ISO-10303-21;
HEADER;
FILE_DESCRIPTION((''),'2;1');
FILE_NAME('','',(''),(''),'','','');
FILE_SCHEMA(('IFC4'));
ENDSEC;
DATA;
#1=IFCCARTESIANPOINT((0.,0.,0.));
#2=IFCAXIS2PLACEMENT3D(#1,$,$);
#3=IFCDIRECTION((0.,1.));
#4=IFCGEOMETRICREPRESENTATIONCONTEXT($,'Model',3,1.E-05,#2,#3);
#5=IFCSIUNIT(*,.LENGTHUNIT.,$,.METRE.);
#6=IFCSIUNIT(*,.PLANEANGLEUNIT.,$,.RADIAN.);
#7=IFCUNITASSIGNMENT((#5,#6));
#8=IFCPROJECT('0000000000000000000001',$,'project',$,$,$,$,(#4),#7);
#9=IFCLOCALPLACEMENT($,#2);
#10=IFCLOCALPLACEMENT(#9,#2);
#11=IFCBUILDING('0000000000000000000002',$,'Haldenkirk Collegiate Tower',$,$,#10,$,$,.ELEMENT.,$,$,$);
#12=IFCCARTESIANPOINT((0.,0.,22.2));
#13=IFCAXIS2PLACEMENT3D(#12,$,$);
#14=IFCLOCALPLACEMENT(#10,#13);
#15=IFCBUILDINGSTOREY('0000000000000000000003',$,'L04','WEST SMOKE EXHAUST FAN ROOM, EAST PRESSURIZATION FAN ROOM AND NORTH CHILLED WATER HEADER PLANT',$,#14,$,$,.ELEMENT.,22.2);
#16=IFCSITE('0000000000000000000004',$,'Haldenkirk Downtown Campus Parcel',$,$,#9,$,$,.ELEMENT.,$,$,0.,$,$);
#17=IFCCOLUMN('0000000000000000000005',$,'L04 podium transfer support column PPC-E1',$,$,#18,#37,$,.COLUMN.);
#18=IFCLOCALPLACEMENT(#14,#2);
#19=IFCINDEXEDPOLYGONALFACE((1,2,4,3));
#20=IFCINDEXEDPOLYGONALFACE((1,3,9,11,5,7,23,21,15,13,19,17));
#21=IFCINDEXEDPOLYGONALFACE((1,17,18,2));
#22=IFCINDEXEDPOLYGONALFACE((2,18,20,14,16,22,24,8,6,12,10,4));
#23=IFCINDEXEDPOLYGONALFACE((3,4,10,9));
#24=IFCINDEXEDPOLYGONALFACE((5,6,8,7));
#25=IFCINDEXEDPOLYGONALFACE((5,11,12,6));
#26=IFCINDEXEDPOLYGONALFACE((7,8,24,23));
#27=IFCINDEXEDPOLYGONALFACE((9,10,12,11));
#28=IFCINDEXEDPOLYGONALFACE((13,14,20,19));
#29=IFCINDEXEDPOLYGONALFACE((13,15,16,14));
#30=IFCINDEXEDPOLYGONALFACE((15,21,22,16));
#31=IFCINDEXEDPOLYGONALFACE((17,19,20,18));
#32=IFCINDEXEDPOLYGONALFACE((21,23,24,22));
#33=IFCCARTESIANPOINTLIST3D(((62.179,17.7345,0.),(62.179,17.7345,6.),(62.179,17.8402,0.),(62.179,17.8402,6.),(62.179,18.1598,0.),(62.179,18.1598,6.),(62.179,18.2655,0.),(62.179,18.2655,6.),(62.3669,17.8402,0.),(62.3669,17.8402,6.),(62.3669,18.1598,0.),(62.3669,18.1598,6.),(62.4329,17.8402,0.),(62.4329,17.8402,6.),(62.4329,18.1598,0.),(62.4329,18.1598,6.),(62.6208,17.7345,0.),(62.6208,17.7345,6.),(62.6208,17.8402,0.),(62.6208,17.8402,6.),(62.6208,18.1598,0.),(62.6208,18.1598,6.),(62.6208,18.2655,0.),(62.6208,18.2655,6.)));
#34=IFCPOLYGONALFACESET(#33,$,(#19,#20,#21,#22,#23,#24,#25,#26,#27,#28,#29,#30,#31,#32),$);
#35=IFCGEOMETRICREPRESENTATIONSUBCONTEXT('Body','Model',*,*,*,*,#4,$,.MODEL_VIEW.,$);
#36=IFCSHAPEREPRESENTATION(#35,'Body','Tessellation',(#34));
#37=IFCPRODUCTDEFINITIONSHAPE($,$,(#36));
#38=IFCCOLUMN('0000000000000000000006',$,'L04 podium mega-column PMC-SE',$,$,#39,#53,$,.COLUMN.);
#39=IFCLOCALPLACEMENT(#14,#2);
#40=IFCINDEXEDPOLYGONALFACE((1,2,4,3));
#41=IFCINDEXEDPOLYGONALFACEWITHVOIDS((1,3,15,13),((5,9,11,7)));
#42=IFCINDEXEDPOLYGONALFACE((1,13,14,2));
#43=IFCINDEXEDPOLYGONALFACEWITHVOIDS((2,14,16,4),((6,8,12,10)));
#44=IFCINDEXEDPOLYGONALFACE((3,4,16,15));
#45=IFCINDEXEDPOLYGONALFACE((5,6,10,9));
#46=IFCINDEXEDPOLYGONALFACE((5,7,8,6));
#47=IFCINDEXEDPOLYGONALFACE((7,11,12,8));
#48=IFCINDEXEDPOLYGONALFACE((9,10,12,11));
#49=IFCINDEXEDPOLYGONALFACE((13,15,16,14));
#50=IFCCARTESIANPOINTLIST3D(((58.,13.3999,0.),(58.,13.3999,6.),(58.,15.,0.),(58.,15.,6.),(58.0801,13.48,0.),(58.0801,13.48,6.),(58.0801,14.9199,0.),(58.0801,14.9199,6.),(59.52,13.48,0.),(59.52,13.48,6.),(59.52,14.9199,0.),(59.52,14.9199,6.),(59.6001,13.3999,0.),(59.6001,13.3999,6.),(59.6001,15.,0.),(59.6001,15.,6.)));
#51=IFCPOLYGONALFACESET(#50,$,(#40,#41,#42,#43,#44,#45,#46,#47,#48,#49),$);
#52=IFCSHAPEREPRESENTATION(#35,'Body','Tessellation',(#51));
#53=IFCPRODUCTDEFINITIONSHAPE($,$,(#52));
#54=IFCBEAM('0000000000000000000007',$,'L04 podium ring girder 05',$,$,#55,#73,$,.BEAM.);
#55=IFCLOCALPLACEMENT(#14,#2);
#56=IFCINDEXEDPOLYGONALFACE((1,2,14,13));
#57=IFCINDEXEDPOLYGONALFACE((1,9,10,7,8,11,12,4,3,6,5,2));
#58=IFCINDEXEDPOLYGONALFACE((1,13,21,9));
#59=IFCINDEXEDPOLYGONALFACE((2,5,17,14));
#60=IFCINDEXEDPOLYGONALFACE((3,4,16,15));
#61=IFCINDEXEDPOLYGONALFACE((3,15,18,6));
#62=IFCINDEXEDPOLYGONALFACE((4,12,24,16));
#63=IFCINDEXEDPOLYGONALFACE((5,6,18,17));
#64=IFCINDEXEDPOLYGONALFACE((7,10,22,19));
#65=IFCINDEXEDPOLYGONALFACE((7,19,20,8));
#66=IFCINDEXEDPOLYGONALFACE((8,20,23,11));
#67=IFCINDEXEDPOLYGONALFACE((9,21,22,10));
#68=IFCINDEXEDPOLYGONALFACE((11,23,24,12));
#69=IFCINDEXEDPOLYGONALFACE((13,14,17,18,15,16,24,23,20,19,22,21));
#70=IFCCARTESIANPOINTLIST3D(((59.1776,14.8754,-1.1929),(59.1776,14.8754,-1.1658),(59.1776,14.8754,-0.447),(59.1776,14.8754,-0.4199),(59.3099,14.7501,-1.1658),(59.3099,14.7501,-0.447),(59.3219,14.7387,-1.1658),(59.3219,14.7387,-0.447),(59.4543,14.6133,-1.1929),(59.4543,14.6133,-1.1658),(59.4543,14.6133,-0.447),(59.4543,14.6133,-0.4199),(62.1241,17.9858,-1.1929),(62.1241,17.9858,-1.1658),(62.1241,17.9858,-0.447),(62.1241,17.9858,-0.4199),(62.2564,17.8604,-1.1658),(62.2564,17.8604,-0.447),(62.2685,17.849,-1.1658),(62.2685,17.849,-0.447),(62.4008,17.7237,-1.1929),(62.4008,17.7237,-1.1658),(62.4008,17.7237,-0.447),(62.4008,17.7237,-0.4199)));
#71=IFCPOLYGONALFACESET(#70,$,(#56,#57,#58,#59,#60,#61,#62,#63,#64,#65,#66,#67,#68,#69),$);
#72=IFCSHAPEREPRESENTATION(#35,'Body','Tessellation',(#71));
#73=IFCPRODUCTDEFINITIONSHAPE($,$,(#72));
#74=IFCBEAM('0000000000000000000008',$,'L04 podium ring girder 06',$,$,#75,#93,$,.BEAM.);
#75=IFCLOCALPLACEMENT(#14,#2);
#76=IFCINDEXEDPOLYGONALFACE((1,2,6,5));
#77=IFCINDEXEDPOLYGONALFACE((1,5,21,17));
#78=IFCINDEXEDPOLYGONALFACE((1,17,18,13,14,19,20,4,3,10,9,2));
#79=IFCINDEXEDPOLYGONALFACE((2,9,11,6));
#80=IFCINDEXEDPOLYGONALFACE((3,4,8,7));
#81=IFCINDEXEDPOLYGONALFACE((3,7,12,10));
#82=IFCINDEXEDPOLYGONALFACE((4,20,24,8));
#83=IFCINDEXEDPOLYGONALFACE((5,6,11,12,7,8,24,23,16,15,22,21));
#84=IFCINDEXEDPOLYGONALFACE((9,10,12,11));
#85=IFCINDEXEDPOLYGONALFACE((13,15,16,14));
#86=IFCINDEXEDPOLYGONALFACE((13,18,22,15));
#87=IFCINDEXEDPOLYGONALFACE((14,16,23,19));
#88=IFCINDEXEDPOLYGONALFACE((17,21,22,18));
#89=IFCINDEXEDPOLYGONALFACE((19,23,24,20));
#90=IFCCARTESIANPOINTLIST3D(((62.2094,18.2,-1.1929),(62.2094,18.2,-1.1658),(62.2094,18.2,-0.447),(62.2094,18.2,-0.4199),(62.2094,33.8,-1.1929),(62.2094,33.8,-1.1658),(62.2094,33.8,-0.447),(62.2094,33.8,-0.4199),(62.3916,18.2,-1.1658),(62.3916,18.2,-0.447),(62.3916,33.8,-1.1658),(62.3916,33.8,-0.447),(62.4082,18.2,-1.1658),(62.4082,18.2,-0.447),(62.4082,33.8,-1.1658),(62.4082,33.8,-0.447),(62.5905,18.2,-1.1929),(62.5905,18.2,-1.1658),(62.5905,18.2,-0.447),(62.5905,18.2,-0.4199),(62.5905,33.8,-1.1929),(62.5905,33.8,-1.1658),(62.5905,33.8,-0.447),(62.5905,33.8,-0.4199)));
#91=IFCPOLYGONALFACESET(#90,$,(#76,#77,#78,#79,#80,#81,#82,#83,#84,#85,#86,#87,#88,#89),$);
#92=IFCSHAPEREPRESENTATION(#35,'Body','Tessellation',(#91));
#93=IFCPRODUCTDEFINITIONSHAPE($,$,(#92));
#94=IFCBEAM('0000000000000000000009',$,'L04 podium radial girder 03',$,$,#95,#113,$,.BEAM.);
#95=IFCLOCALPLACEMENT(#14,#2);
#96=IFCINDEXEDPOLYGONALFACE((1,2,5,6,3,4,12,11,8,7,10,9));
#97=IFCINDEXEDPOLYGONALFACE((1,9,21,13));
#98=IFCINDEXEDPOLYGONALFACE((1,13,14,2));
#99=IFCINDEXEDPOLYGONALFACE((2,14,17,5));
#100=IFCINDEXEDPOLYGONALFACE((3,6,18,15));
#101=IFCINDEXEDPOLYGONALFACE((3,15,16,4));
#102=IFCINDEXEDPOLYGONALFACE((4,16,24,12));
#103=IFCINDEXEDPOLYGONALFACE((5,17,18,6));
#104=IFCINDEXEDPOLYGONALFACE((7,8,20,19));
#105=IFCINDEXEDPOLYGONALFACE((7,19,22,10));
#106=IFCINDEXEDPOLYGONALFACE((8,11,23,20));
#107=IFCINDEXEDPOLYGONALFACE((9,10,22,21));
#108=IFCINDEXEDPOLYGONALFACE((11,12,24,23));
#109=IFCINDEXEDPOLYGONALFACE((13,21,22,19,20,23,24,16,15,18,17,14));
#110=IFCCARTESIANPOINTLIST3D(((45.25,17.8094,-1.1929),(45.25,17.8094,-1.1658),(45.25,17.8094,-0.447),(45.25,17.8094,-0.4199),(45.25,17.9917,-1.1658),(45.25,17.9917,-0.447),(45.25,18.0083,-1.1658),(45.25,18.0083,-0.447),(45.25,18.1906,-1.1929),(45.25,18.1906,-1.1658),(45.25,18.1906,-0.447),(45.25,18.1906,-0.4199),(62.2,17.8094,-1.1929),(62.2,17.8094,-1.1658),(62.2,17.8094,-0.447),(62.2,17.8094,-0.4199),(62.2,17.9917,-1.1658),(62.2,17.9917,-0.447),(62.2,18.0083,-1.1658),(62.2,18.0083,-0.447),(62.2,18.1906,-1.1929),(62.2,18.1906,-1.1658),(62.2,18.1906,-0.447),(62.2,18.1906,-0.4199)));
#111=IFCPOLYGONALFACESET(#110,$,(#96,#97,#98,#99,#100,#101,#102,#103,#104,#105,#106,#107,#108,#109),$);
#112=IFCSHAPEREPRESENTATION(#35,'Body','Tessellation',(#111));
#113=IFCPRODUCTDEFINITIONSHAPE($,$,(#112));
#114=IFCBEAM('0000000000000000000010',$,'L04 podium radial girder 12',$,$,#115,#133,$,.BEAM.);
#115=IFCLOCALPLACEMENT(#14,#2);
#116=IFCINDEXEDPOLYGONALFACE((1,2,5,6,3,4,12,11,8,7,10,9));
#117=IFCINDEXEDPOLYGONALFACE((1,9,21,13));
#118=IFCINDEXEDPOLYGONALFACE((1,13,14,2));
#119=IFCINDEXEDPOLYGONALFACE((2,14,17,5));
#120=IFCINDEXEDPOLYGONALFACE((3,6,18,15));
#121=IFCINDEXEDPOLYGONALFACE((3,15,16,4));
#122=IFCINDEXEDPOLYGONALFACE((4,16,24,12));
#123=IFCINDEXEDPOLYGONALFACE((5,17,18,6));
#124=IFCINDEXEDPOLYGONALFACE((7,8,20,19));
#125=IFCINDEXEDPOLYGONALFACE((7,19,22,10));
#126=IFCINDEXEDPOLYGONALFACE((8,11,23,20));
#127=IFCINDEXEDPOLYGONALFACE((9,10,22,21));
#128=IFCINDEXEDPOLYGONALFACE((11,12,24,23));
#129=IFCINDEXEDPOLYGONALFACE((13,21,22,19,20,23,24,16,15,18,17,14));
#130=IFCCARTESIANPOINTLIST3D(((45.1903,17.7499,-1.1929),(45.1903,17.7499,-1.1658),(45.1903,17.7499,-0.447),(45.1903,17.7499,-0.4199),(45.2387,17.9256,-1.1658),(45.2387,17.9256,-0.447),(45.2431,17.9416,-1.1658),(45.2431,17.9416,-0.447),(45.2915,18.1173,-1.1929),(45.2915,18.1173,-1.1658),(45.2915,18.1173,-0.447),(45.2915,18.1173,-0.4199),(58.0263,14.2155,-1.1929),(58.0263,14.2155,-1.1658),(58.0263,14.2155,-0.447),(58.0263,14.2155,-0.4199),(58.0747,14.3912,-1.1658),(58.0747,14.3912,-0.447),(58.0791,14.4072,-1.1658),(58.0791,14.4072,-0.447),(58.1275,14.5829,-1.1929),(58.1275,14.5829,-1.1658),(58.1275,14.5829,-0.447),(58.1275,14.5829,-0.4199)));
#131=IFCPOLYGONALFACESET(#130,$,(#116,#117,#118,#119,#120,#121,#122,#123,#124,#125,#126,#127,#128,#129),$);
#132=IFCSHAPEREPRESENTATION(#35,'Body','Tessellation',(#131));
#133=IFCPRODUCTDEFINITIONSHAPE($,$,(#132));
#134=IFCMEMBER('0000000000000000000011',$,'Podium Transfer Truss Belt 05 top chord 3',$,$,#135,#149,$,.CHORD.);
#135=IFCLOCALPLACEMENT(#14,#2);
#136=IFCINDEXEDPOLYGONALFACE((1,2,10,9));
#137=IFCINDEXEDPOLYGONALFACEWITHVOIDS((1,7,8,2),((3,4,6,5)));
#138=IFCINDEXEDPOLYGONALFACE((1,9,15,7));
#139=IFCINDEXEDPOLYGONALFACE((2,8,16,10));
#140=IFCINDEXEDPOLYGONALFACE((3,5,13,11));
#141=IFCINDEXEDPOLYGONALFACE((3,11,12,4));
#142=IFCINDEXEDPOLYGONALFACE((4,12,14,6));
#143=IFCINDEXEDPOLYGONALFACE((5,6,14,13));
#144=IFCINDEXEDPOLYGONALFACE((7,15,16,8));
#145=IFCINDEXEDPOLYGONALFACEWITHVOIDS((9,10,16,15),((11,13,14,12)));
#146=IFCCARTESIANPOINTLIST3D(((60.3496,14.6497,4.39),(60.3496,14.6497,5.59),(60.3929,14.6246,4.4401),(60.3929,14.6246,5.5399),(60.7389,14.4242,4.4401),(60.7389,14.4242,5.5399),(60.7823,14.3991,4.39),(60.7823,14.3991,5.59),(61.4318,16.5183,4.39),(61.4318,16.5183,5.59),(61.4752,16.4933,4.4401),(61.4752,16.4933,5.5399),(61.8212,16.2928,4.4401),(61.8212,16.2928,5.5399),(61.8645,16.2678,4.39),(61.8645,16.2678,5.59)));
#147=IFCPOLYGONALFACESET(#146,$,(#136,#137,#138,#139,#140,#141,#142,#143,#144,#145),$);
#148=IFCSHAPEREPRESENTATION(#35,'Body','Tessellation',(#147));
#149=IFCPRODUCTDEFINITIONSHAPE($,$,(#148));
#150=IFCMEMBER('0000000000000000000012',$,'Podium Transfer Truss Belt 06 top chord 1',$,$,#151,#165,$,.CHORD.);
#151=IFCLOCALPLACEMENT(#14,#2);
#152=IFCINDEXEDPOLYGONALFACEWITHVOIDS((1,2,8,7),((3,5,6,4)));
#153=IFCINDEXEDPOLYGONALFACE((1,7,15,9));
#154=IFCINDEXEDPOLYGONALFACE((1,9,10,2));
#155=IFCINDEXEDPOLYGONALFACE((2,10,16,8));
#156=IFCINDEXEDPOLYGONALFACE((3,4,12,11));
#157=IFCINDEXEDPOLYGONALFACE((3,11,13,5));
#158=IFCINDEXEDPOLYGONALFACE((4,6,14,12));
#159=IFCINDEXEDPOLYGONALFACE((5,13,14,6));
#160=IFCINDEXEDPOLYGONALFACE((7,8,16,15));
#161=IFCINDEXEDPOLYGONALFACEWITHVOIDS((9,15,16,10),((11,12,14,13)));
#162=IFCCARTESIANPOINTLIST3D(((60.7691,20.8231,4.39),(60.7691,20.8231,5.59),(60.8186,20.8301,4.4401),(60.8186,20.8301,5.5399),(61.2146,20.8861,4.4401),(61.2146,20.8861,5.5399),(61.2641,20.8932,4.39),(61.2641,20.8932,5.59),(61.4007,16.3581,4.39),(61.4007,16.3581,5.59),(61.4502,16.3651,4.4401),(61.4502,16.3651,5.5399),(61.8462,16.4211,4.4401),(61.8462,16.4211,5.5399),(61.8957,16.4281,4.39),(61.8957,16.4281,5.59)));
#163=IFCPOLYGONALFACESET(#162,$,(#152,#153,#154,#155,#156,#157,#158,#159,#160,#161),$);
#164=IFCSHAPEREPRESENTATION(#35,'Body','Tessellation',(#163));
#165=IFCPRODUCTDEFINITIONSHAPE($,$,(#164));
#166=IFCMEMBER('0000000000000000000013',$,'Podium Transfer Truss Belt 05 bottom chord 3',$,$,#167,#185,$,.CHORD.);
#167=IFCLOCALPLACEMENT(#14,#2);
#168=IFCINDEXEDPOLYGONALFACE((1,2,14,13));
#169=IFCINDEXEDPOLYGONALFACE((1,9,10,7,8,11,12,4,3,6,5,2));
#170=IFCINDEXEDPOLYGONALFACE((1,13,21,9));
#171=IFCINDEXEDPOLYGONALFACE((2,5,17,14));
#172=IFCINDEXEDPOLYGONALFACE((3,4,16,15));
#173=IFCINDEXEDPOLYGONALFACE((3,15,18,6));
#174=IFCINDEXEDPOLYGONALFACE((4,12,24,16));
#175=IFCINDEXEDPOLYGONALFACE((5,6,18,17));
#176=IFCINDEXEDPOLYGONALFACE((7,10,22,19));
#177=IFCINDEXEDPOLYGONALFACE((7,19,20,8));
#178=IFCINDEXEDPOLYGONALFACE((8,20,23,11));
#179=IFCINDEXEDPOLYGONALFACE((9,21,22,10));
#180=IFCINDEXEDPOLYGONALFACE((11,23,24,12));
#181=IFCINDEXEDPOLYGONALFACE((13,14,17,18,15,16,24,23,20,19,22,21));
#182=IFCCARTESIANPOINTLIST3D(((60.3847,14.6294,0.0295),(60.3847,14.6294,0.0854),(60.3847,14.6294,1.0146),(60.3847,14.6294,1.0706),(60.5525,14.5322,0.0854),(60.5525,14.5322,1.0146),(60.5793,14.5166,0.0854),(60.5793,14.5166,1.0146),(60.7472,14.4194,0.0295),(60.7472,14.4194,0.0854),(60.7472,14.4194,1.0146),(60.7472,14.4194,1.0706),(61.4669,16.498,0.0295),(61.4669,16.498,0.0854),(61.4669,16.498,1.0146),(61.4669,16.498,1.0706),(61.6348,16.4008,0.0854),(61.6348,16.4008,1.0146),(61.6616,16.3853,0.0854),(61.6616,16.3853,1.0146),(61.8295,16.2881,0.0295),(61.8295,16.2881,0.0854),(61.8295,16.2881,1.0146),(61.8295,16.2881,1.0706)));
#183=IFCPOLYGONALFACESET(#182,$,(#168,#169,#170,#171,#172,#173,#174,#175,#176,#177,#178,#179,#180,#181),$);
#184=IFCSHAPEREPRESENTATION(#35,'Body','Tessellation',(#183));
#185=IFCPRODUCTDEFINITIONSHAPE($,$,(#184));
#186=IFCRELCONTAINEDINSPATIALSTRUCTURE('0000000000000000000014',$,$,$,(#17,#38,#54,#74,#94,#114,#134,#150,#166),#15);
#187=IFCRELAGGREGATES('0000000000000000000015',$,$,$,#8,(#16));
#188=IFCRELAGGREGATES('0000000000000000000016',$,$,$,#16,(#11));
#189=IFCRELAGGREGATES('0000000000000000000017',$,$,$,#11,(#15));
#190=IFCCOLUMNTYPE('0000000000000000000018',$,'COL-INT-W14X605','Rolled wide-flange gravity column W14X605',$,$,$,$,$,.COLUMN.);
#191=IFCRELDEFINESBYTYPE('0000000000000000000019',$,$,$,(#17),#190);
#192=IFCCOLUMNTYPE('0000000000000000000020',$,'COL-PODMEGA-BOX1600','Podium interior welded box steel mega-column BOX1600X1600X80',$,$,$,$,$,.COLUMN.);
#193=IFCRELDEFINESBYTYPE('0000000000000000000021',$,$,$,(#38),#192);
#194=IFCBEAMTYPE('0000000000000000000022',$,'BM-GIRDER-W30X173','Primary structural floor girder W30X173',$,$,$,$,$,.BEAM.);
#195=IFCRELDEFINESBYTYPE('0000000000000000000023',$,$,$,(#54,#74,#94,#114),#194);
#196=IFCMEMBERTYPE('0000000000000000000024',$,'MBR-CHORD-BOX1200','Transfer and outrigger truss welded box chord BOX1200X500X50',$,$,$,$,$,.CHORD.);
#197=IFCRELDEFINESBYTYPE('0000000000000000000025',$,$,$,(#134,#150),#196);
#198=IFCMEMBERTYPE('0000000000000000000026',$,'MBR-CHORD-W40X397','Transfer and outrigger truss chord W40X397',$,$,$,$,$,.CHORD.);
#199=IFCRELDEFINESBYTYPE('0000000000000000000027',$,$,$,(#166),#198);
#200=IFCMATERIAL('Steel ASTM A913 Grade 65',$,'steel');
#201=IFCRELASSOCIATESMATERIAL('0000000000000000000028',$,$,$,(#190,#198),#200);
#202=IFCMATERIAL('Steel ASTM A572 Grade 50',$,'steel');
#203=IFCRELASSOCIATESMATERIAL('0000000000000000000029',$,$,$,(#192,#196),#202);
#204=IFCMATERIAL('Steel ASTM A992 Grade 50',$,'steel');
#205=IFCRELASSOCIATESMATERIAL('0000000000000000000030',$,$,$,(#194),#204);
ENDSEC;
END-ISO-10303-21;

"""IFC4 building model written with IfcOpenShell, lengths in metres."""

from ifc_helpers import new_model, si_unit, direction, frame, origin, origin_2d, place, context, subcontext, project, spatial, hollow_rectangle, i_section, extrude, material, material_profile, profile_set, type_object, element, save


model = new_model("IFC4")

# Units and contexts
model_context = context("Model", 3, precision=1e-05, world=origin(), true_north=direction((0.0, 1.0)))
body_context = subcontext(model_context, "Body", "Model", "MODEL_VIEW")
ifc_project = project(units=[si_unit("LENGTHUNIT", "METRE"), si_unit("PLANEANGLEUNIT", "RADIAN")], contexts=[model_context])

# Site, building, storey
site_placement = place(None, origin())
site = spatial("IfcSite", under=ifc_project, at=site_placement, Name="Haldenkirk Downtown Campus Parcel", CompositionType="ELEMENT", RefElevation=0.0)
building_placement = place(site_placement, origin())
building = spatial("IfcBuilding", under=site, at=building_placement, Name="Haldenkirk Collegiate Tower", CompositionType="ELEMENT")
storey_placement = place(building_placement, frame((0.0, 0.0, 22.2)))
storey = spatial("IfcBuildingStorey", under=building, at=storey_placement, Name="L04", Description="WEST SMOKE EXHAUST FAN ROOM, EAST PRESSURIZATION FAN ROOM AND NORTH CHILLED WATER HEADER PLANT", CompositionType="ELEMENT", Elevation=22.2)

# Columns
ifc_material_1 = material(Name="Steel ASTM A913 Grade 65", Category="steel")
ifc_material_profile_1 = material_profile(ifc_material_1, i_section(OverallWidth=0.4419, OverallDepth=0.531, WebThickness=0.0659, FlangeThickness=0.1057, at=origin_2d()), Name="W14X605")
ifc_profile_set_1 = profile_set([ifc_material_profile_1], Name="Steel ASTM A913 Grade 65")
column_type_1 = type_object("IfcColumnType", Name="COL-INT-W14X605", Description="Rolled wide-flange gravity column W14X605", PredefinedType="COLUMN", material=ifc_profile_set_1)
column_1_placement = place(storey_placement, frame((62.3999, 18.0, 0.0), z_axis=(0.0, 0.0, 1.0), x_axis=(1.0, 0.0, 0.0)))
element("IfcColumn", 1, at=column_1_placement, inside=storey, type_object=column_type_1, Name="L04 podium transfer support column PPC-E1", PredefinedType="COLUMN", context=body_context, shape_type="SweptSolid", body=[
    extrude(i_section(OverallWidth=0.4419, OverallDepth=0.531, WebThickness=0.0659, FlangeThickness=0.1057, at=origin_2d()), origin(), (0.0, 0.0, 1.0), 6.0),
])
ifc_material_2 = material(Name="Steel ASTM A572 Grade 50", Category="steel")
ifc_material_profile_2 = material_profile(ifc_material_2, hollow_rectangle(XDim=1.6001, YDim=1.6001, WallThickness=0.0801, at=origin_2d()), Name="BOX1600X1600X80")
ifc_profile_set_2 = profile_set([ifc_material_profile_2], Name="Steel ASTM A572 Grade 50")
column_type_2 = type_object("IfcColumnType", Name="COL-PODMEGA-BOX1600", Description="Podium interior welded box steel mega-column BOX1600X1600X80", PredefinedType="COLUMN", material=ifc_profile_set_2)
column_2_placement = place(storey_placement, frame((58.8, 14.2, 0.0), z_axis=(0.0, 0.0, 1.0), x_axis=(1.0, 0.0, 0.0)))
element("IfcColumn", 2, at=column_2_placement, inside=storey, type_object=column_type_2, Name="L04 podium mega-column PMC-SE", PredefinedType="COLUMN", context=body_context, shape_type="SweptSolid", body=[
    extrude(hollow_rectangle(XDim=1.6001, YDim=1.6001, WallThickness=0.0801, at=origin_2d()), origin(), (0.0, 0.0, 1.0), 6.0),
])

# Beams
ifc_material_3 = material(Name="Steel ASTM A992 Grade 50", Category="steel")
ifc_material_profile_3 = material_profile(ifc_material_3, i_section(OverallWidth=0.3811, OverallDepth=0.7729, WebThickness=0.0166, FlangeThickness=0.0271, at=origin_2d()), Name="W30X173")
ifc_profile_set_3 = profile_set([ifc_material_profile_3], Name="Steel ASTM A992 Grade 50")
beam_type = type_object("IfcBeamType", Name="BM-GIRDER-W30X173", Description="Primary structural floor girder W30X173", PredefinedType="BEAM", material=ifc_profile_set_3)
beam_1_placement = place(storey_placement, frame((59.3159, 14.7444, -0.8064), z_axis=(0.68773, 0.725966, 0.0), x_axis=(-0.725966, 0.68773, 0.0)))
element("IfcBeam", 3, at=beam_1_placement, inside=storey, type_object=beam_type, Name="L04 podium ring girder 05", PredefinedType="BEAM", context=body_context, shape_type="SweptSolid", body=[
    extrude(i_section(OverallWidth=0.3811, OverallDepth=0.7729, WebThickness=0.0166, FlangeThickness=0.0271, at=origin_2d()), origin(), (0.0, 0.0, 1.0), 4.2844),
])
beam_2_placement = place(storey_placement, frame((62.3999, 18.2, -0.8064), z_axis=(0.0, 1.0, 0.0), x_axis=(-1.0, 0.0, 0.0)))
element("IfcBeam", 4, at=beam_2_placement, inside=storey, type_object=beam_type, Name="L04 podium ring girder 06", PredefinedType="BEAM", context=body_context, shape_type="SweptSolid", body=[
    extrude(i_section(OverallWidth=0.3811, OverallDepth=0.7729, WebThickness=0.0166, FlangeThickness=0.0271, at=origin_2d()), origin(), (0.0, 0.0, 1.0), 15.6001),
])
beam_3_placement = place(storey_placement, frame((62.2, 18.0, -0.8064), z_axis=(-1.0, 0.0, 0.0), x_axis=(0.0, -1.0, 0.0)))
element("IfcBeam", 5, at=beam_3_placement, inside=storey, type_object=beam_type, Name="L04 podium radial girder 03", PredefinedType="BEAM", context=body_context, shape_type="SweptSolid", body=[
    extrude(i_section(OverallWidth=0.3811, OverallDepth=0.7729, WebThickness=0.0166, FlangeThickness=0.0271, at=origin_2d()), origin(), (0.0, 0.0, 1.0), 16.95),
])
beam_4_placement = place(storey_placement, frame((58.0769, 14.3992, -0.8064), z_axis=(-0.964118, 0.265474, 0.0), x_axis=(-0.265474, -0.964118, 0.0)))
element("IfcBeam", 6, at=beam_4_placement, inside=storey, type_object=beam_type, Name="L04 podium radial girder 12", PredefinedType="BEAM", context=body_context, shape_type="SweptSolid", body=[
    extrude(i_section(OverallWidth=0.3811, OverallDepth=0.7729, WebThickness=0.0166, FlangeThickness=0.0271, at=origin_2d()), origin(), (0.0, 0.0, 1.0), 13.3137),
])

# Members
ifc_material_profile_4 = material_profile(ifc_material_2, hollow_rectangle(XDim=0.5, YDim=1.2, WallThickness=0.05, at=origin_2d()), Name="BOX1200X500X50")
ifc_profile_set_4 = profile_set([ifc_material_profile_4], Name="Steel ASTM A572 Grade 50")
member_type_1 = type_object("IfcMemberType", Name="MBR-CHORD-BOX1200", Description="Transfer and outrigger truss welded box chord BOX1200X500X50", PredefinedType="CHORD", material=ifc_profile_set_4)
member_1_placement = place(storey_placement, frame((60.5659, 14.5244, 4.99), z_axis=(0.501183, 0.865341, 0.0), x_axis=(-0.865341, 0.501183, 0.0)))
element("IfcMember", 7, at=member_1_placement, inside=storey, type_object=member_type_1, Name="Podium Transfer Truss Belt 05 top chord 3", PredefinedType="CHORD", context=body_context, shape_type="SweptSolid", body=[
    extrude(hollow_rectangle(XDim=0.5, YDim=1.2, WallThickness=0.05, at=origin_2d()), origin(), (0.0, 0.0, 1.0), 2.1594),
])
member_2_placement = place(storey_placement, frame((61.6482, 16.3931, 4.99), z_axis=(-0.140057, 0.990143, 0.0), x_axis=(-0.990143, -0.140057, 0.0)))
element("IfcMember", 8, at=member_2_placement, inside=storey, type_object=member_type_1, Name="Podium Transfer Truss Belt 06 top chord 1", PredefinedType="CHORD", context=body_context, shape_type="SweptSolid", body=[
    extrude(hollow_rectangle(XDim=0.5, YDim=1.2, WallThickness=0.05, at=origin_2d()), origin(), (0.0, 0.0, 1.0), 4.5095),
])
ifc_material_profile_5 = material_profile(ifc_material_1, i_section(OverallWidth=0.4189, OverallDepth=1.041, WebThickness=0.031, FlangeThickness=0.0559, at=origin_2d()), Name="W40X397")
ifc_profile_set_5 = profile_set([ifc_material_profile_5], Name="Steel ASTM A913 Grade 65")
member_type_2 = type_object("IfcMemberType", Name="MBR-CHORD-W40X397", Description="Transfer and outrigger truss chord W40X397", PredefinedType="CHORD", material=ifc_profile_set_5)
member_3_placement = place(storey_placement, frame((60.5659, 14.5244, 0.55), z_axis=(0.501183, 0.865341, 0.0), x_axis=(-0.865341, 0.501183, 0.0)))
element("IfcMember", 9, at=member_3_placement, inside=storey, type_object=member_type_2, Name="Podium Transfer Truss Belt 05 bottom chord 3", PredefinedType="CHORD", context=body_context, shape_type="SweptSolid", body=[
    extrude(i_section(OverallWidth=0.4189, OverallDepth=1.041, WebThickness=0.031, FlangeThickness=0.0559, at=origin_2d()), origin(), (0.0, 0.0, 1.0), 2.1594),
])

save(model, "model.ifc")
